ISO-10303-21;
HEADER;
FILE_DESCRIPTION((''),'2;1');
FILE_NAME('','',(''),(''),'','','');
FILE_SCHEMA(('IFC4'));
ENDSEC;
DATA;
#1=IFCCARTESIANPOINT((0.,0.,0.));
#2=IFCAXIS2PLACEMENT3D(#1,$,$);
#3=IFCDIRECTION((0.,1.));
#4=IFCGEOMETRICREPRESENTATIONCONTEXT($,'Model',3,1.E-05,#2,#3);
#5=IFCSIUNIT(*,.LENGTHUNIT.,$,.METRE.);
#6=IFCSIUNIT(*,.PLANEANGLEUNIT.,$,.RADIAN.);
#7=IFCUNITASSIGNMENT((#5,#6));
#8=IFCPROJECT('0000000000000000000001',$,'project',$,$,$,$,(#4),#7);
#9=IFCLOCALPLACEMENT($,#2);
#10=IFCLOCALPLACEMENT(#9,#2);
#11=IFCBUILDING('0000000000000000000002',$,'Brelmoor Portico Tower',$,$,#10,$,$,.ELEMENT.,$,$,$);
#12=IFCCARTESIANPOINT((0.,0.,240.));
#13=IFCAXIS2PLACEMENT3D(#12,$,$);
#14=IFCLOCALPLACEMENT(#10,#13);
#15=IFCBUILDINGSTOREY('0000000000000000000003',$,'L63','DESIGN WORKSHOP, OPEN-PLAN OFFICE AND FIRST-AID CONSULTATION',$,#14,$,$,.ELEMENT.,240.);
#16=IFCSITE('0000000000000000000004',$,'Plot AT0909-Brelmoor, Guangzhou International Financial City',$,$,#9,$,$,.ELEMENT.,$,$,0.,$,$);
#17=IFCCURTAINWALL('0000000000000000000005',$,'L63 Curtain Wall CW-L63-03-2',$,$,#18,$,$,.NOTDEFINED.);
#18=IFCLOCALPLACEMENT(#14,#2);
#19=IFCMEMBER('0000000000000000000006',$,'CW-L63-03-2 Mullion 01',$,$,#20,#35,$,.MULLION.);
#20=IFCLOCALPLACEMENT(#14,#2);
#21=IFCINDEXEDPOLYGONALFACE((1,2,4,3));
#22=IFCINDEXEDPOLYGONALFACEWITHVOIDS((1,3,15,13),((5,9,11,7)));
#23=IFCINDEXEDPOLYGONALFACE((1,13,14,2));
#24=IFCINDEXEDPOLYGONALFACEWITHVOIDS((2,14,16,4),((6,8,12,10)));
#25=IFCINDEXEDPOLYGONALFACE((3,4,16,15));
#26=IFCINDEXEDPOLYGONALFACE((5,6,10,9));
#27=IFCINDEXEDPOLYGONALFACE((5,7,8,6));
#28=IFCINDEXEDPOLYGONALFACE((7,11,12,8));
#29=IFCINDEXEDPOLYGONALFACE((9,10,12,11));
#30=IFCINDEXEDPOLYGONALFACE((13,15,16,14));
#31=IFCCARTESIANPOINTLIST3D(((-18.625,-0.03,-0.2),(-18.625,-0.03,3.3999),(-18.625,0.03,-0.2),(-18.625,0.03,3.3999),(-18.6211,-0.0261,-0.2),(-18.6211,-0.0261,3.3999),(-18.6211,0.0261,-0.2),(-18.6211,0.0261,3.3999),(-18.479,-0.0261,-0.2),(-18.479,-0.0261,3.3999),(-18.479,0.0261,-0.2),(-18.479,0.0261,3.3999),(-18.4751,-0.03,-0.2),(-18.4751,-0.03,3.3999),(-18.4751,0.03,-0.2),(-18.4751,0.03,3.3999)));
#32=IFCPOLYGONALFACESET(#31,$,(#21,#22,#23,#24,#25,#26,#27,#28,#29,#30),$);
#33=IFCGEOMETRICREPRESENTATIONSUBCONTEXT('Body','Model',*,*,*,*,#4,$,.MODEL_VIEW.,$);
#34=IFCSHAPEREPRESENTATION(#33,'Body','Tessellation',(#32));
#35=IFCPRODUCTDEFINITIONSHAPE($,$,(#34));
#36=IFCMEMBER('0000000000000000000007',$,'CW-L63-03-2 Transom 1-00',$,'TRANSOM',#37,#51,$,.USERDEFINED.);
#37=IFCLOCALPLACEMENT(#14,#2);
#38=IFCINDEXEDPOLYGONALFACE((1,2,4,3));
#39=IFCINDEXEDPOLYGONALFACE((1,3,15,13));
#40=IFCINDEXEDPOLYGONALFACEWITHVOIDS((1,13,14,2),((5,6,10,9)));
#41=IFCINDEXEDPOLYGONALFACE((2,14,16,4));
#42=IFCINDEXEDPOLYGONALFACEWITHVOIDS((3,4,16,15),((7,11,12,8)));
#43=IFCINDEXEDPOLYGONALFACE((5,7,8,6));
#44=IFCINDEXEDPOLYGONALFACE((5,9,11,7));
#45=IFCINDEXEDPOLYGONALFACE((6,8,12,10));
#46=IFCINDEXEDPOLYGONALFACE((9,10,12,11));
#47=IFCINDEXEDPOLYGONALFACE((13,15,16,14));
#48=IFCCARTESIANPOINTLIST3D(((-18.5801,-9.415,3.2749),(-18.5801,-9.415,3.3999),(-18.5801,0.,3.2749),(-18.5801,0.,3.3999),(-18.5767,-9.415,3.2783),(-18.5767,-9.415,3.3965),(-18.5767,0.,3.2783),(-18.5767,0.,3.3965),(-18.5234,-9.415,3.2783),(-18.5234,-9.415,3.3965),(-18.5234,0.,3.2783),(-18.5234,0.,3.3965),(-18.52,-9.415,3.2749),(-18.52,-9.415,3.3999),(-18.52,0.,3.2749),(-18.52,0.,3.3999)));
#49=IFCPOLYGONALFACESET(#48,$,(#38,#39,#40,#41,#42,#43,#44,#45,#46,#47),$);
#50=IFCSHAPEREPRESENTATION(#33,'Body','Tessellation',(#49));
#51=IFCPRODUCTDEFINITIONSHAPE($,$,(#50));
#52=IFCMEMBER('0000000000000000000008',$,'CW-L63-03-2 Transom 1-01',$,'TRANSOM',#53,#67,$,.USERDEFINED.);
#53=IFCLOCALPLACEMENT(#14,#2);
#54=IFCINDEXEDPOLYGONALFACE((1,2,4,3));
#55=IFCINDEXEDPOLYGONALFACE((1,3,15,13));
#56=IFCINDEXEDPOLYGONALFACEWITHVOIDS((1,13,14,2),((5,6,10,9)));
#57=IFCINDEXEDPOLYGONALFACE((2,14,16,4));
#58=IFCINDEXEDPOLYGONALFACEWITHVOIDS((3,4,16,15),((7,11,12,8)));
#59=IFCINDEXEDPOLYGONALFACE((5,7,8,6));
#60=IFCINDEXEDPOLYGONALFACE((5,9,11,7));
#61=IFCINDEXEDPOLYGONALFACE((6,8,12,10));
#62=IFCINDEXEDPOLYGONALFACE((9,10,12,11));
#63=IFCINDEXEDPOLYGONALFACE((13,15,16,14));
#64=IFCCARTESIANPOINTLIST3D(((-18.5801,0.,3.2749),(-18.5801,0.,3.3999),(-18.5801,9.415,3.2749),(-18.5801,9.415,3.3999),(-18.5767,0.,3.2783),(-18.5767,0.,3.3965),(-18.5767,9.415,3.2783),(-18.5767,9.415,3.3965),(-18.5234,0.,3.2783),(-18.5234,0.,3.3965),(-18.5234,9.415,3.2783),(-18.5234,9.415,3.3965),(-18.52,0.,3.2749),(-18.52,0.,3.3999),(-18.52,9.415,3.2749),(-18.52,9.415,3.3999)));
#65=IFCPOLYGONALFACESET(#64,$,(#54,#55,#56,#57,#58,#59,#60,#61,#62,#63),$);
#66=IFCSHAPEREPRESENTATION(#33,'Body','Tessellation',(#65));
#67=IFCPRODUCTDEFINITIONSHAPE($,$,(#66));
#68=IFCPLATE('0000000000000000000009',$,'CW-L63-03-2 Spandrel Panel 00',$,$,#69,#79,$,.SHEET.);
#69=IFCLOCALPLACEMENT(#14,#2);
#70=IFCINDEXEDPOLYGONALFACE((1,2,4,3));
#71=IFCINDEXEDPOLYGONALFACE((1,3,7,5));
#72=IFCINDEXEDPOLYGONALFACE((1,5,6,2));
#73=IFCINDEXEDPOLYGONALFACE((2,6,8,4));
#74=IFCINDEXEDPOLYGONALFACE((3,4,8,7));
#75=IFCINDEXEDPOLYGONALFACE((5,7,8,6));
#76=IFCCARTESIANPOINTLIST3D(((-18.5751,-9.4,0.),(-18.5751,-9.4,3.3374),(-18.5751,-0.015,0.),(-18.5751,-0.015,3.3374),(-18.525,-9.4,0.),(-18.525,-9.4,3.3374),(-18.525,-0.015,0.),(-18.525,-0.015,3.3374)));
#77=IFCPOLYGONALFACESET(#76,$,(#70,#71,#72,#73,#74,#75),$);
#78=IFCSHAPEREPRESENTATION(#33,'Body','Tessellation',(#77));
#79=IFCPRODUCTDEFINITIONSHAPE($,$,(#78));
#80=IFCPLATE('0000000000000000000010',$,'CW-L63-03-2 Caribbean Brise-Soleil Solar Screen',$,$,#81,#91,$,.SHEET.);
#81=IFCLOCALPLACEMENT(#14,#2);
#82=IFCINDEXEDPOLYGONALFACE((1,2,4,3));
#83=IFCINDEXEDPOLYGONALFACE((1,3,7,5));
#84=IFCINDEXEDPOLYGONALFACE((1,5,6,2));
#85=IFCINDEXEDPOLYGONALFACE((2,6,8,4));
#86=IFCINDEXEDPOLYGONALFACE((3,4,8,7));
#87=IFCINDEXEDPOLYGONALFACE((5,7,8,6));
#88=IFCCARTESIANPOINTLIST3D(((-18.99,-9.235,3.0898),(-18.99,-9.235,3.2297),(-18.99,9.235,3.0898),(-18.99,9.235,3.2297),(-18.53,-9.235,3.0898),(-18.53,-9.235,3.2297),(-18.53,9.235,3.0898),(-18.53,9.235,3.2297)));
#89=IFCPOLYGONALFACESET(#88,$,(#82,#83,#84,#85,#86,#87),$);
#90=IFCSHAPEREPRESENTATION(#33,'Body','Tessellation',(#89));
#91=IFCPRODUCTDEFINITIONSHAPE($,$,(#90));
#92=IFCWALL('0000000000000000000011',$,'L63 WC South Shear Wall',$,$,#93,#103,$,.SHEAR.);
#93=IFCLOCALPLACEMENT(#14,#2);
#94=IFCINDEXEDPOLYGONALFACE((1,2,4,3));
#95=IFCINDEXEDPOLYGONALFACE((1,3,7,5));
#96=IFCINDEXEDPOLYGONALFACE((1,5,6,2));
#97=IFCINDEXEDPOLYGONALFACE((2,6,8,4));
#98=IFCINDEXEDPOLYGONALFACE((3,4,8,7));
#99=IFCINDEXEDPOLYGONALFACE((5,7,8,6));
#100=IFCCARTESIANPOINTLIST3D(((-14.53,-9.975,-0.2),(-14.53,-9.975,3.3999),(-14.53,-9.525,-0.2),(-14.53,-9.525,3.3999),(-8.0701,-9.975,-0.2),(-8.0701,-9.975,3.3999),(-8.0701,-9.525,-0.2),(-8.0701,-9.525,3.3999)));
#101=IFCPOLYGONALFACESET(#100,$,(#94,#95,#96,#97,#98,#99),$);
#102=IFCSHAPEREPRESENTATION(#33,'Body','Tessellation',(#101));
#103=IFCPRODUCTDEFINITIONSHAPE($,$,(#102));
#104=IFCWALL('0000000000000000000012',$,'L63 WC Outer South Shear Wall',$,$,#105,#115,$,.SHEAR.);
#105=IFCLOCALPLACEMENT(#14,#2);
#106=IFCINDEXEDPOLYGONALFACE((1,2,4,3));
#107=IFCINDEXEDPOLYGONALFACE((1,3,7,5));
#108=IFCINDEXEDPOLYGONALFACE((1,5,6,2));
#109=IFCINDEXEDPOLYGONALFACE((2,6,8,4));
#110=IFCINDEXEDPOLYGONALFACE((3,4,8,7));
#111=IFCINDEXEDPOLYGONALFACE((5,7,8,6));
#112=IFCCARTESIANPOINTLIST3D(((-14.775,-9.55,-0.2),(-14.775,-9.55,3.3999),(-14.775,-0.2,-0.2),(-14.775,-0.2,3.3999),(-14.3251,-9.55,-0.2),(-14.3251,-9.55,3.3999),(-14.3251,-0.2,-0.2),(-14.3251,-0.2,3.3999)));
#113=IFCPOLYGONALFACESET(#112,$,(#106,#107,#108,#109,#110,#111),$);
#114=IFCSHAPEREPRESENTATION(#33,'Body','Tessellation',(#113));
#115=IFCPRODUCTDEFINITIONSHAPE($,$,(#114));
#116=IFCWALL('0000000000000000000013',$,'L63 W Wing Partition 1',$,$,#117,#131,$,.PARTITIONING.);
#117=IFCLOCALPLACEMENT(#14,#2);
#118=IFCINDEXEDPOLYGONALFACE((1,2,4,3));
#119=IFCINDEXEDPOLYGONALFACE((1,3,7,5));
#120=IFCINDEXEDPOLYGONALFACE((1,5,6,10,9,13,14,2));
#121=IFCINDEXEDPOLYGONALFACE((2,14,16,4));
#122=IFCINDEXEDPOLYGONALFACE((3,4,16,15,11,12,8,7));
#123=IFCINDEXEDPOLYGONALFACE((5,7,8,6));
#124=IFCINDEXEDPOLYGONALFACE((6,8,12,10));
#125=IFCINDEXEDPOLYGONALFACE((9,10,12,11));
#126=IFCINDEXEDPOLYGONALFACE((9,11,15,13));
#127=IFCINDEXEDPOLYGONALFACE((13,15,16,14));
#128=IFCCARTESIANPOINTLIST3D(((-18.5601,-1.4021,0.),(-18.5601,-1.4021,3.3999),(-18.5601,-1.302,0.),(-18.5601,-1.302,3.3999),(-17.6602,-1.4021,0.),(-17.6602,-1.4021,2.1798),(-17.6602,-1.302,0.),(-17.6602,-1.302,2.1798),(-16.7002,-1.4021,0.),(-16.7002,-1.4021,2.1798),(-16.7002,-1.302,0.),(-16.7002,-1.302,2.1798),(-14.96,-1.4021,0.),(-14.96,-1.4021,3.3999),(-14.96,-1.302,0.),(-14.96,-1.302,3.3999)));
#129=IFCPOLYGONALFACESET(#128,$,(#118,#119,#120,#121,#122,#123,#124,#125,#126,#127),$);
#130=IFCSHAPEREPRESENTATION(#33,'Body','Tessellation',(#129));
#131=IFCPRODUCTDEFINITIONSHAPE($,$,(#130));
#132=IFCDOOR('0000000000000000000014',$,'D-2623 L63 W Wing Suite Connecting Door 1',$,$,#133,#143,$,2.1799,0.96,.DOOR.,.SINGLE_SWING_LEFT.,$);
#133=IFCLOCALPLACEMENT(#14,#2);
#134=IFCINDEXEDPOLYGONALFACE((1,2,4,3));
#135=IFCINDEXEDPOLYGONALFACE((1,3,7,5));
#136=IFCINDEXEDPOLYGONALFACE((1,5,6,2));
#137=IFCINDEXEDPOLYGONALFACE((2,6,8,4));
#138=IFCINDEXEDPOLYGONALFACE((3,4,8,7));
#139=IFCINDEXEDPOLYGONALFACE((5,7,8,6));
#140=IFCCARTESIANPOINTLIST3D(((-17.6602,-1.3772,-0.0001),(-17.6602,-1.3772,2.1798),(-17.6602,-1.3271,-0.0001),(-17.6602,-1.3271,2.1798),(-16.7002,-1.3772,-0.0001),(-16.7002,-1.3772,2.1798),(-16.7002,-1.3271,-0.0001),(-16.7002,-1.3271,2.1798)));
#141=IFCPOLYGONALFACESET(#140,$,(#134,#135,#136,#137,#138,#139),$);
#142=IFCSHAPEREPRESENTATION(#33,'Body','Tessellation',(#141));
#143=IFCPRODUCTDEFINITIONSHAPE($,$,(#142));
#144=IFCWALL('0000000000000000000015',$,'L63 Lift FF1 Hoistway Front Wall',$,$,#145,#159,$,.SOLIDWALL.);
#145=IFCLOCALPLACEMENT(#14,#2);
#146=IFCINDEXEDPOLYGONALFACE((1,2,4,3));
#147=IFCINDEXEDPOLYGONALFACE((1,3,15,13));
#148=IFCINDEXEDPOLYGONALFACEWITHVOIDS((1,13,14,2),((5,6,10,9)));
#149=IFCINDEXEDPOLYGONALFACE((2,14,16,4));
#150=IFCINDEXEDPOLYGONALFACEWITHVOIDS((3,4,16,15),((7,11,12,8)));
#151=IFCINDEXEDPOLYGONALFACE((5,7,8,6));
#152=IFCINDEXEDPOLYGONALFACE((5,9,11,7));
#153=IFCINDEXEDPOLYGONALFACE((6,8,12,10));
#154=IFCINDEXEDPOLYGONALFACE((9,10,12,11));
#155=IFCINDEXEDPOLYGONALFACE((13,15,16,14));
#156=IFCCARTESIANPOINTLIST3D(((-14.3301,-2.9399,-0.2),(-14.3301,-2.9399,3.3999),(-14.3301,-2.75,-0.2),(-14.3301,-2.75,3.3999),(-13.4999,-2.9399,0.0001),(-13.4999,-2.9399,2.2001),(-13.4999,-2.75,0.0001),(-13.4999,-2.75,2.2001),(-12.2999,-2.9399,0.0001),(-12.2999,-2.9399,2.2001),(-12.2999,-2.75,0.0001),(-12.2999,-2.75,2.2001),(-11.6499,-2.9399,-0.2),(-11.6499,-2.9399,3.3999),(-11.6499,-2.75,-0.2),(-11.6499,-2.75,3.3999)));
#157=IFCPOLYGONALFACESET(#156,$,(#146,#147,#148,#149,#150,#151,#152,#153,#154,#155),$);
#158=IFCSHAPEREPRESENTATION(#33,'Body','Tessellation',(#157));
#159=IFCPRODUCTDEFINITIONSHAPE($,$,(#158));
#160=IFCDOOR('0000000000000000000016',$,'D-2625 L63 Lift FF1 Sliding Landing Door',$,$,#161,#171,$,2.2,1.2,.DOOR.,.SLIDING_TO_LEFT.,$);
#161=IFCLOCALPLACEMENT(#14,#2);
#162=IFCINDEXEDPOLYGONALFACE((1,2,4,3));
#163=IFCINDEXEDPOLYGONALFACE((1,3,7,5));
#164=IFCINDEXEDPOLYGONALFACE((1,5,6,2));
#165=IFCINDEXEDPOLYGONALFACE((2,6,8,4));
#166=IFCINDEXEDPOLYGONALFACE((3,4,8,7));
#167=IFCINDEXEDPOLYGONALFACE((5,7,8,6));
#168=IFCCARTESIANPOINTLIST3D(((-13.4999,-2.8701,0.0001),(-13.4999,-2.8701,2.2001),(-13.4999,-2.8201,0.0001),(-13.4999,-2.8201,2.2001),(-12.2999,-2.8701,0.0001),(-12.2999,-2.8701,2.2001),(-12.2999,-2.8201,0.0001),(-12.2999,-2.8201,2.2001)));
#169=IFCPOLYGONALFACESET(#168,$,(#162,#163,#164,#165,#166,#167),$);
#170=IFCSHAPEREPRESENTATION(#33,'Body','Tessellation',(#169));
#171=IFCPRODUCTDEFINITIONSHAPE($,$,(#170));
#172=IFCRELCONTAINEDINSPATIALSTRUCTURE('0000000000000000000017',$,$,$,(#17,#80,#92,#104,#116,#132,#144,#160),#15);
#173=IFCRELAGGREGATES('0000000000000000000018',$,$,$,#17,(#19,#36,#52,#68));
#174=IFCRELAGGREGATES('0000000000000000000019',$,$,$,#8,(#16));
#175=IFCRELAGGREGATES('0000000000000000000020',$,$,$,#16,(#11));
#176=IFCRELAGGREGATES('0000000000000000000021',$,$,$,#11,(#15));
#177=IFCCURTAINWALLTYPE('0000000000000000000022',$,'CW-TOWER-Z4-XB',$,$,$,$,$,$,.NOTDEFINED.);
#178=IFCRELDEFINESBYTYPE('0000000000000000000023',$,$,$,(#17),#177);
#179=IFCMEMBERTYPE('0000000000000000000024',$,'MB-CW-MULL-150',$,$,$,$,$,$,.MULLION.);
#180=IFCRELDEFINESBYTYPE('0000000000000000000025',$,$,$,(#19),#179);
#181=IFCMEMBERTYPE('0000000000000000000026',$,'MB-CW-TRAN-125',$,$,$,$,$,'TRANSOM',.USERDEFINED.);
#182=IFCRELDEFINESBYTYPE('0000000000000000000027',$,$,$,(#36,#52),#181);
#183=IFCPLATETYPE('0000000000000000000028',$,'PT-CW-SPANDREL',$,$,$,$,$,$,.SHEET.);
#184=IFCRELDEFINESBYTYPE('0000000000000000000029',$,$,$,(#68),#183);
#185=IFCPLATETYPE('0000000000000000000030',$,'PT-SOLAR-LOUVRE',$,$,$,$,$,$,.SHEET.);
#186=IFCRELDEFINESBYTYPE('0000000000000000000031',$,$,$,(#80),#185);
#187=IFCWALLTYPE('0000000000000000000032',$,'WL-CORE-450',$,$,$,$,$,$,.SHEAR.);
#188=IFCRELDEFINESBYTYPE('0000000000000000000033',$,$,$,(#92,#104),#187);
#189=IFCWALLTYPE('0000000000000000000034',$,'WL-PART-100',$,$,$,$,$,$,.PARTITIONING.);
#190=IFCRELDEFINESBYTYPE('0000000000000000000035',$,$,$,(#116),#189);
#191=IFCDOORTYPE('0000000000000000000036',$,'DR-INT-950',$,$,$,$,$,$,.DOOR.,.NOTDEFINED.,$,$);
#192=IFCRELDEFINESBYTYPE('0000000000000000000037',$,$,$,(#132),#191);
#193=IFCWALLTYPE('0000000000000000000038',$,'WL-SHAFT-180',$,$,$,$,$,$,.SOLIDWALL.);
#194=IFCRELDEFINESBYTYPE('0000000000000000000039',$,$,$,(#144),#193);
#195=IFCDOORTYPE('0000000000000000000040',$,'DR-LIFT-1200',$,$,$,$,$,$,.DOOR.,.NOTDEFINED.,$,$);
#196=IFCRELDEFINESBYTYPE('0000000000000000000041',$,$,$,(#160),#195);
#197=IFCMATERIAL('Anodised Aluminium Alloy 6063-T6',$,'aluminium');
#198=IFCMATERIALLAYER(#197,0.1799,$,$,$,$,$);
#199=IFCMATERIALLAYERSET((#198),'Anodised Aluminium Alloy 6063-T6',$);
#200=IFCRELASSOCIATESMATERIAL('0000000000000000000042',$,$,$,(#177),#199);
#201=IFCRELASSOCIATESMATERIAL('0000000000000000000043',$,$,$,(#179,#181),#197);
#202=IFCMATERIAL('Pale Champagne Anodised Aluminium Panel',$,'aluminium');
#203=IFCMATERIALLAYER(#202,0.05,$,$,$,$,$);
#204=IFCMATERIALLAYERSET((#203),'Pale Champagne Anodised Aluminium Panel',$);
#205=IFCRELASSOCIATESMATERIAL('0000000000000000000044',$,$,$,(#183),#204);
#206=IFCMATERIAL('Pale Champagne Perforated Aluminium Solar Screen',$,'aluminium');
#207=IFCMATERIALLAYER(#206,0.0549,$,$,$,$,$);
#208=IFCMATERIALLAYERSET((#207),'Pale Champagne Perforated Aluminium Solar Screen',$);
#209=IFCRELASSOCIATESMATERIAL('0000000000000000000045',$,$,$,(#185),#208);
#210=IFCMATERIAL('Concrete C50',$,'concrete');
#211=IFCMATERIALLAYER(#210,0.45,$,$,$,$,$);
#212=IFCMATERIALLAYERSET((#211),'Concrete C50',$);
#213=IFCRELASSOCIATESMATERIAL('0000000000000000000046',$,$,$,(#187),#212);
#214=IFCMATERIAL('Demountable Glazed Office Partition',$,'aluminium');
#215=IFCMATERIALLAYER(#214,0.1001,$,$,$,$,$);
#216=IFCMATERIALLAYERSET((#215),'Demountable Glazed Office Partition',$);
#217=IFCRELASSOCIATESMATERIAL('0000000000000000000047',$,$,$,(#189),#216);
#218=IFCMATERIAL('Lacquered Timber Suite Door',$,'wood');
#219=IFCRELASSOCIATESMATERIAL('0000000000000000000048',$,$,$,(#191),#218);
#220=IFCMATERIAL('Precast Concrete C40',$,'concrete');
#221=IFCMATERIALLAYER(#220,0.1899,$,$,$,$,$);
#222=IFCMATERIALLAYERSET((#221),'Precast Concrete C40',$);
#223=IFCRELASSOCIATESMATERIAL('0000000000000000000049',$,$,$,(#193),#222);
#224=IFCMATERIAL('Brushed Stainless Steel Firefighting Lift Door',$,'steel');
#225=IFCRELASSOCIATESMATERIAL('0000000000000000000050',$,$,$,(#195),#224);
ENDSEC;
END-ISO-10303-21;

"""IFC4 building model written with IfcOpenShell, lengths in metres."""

from ifc_helpers import new_model, si_unit, direction, frame, frame_2d, origin, origin_2d, place, context, subcontext, project, spatial, rectangle, hollow_rectangle, extrude, material, layer, layer_set, material_profile, profile_set, type_object, element, fill, aggregate, save


model = new_model("IFC4")

# Units and contexts
model_context = context("Model", 3, precision=1e-05, world=origin(), true_north=direction((0.0, 1.0)))
body_context = subcontext(model_context, "Body", "Model", "MODEL_VIEW")
ifc_project = project(units=[si_unit("LENGTHUNIT", "METRE"), si_unit("PLANEANGLEUNIT", "RADIAN")], contexts=[model_context])

# Site, building, storey
site_placement = place(None, origin())
site = spatial("IfcSite", under=ifc_project, at=site_placement, Name="Plot AT0909-Brelmoor, Guangzhou International Financial City", CompositionType="ELEMENT", RefElevation=0.0)
building_placement = place(site_placement, origin())
building = spatial("IfcBuilding", under=site, at=building_placement, Name="Brelmoor Portico Tower", CompositionType="ELEMENT")
storey_placement = place(building_placement, frame((0.0, 0.0, 240.0)))
storey = spatial("IfcBuildingStorey", under=building, at=storey_placement, Name="L63", Description="DESIGN WORKSHOP, OPEN-PLAN OFFICE AND FIRST-AID CONSULTATION", CompositionType="ELEMENT", Elevation=240.0)

# Curtain wall, members, plate
ifc_material_1 = material(Name="Anodised Aluminium Alloy 6063-T6", Category="aluminium")
ifc_layer_1 = layer(ifc_material_1, 0.1799)
ifc_layer_set_1 = layer_set([ifc_layer_1], Name="Anodised Aluminium Alloy 6063-T6")
curtain_wall_type = type_object("IfcCurtainWallType", Name="CW-TOWER-Z4-XB", PredefinedType="NOTDEFINED", material=ifc_layer_set_1)
curtain_wall_placement = place(storey_placement, origin())
curtain_wall = element("IfcCurtainWall", 1, at=curtain_wall_placement, inside=storey, type_object=curtain_wall_type, Name="L63 Curtain Wall CW-L63-03-2", PredefinedType="NOTDEFINED")
ifc_material_profile_1 = material_profile(ifc_material_1, hollow_rectangle(XDim=0.0601, YDim=0.1499, WallThickness=0.0039, at=origin_2d()), Name="ALU MULLION 60x150")
ifc_profile_set_1 = profile_set([ifc_material_profile_1], Name="Anodised Aluminium Alloy 6063-T6")
member_type_1 = type_object("IfcMemberType", Name="MB-CW-MULL-150", PredefinedType="MULLION", material=ifc_profile_set_1)
member_1_placement = place(storey_placement, frame((-18.55, 0.0, -0.2), z_axis=(0.0, 0.0, 1.0), x_axis=(0.0, 1.0, 0.0)))
member_1 = element("IfcMember", 2, at=member_1_placement, type_object=member_type_1, Name="CW-L63-03-2 Mullion 01", PredefinedType="MULLION", context=body_context, shape_type="SweptSolid", body=[
    extrude(hollow_rectangle(XDim=0.0601, YDim=0.1499, WallThickness=0.0039, at=origin_2d()), origin(), (0.0, 0.0, 1.0), 3.5999),
])
ifc_material_profile_2 = material_profile(ifc_material_1, hollow_rectangle(XDim=0.0601, YDim=0.125, WallThickness=0.0034, at=origin_2d()), Name="ALU TRANSOM 60x125")
ifc_profile_set_2 = profile_set([ifc_material_profile_2], Name="Anodised Aluminium Alloy 6063-T6")
member_type_2 = type_object("IfcMemberType", Name="MB-CW-TRAN-125", ElementType="TRANSOM", PredefinedType="USERDEFINED", material=ifc_profile_set_2)
member_2_placement = place(storey_placement, frame((-18.55, -9.415, 3.3374), z_axis=(0.0, 1.0, 0.0), x_axis=(-1.0, 0.0, 0.0)))
member_2 = element("IfcMember", 3, at=member_2_placement, type_object=member_type_2, Name="CW-L63-03-2 Transom 1-00", ObjectType="TRANSOM", PredefinedType="USERDEFINED", context=body_context, shape_type="SweptSolid", body=[
    extrude(hollow_rectangle(XDim=0.0601, YDim=0.125, WallThickness=0.0034, at=origin_2d()), origin(), (0.0, 0.0, 1.0), 9.415),
])
member_3_placement = place(storey_placement, frame((-18.55, 0.0, 3.3374), z_axis=(0.0, 1.0, 0.0), x_axis=(-1.0, 0.0, 0.0)))
member_3 = element("IfcMember", 4, at=member_3_placement, type_object=member_type_2, Name="CW-L63-03-2 Transom 1-01", ObjectType="TRANSOM", PredefinedType="USERDEFINED", context=body_context, shape_type="SweptSolid", body=[
    extrude(hollow_rectangle(XDim=0.0601, YDim=0.125, WallThickness=0.0034, at=origin_2d()), origin(), (0.0, 0.0, 1.0), 9.415),
])
ifc_material_2 = material(Name="Pale Champagne Anodised Aluminium Panel", Category="aluminium")
ifc_layer_2 = layer(ifc_material_2, 0.05)
ifc_layer_set_2 = layer_set([ifc_layer_2], Name="Pale Champagne Anodised Aluminium Panel")
plate_type_1 = type_object("IfcPlateType", Name="PT-CW-SPANDREL", PredefinedType="SHEET", material=ifc_layer_set_2)
plate_1_placement = place(storey_placement, frame((-18.55, -4.7075, 0.0), z_axis=(0.0, 0.0, 1.0), x_axis=(0.0, 1.0, 0.0)))
plate_1 = element("IfcPlate", 5, at=plate_1_placement, type_object=plate_type_1, Name="CW-L63-03-2 Spandrel Panel 00", PredefinedType="SHEET", context=body_context, shape_type="SweptSolid", body=[
    extrude(rectangle(XDim=9.385, YDim=0.05, at=origin_2d()), origin(), (0.0, 0.0, 1.0), 3.3374),
])
aggregate(curtain_wall, [member_1, member_2, member_3, plate_1])

# Plate
ifc_material_3 = material(Name="Pale Champagne Perforated Aluminium Solar Screen", Category="aluminium")
ifc_layer_3 = layer(ifc_material_3, 0.0549)
ifc_layer_set_3 = layer_set([ifc_layer_3], Name="Pale Champagne Perforated Aluminium Solar Screen")
plate_type_2 = type_object("IfcPlateType", Name="PT-SOLAR-LOUVRE", PredefinedType="SHEET", material=ifc_layer_set_3)
plate_2_placement = place(storey_placement, frame((-18.76, 0.0, 3.0898), z_axis=(0.0, 0.0, 1.0), x_axis=(0.0, 1.0, 0.0)))
element("IfcPlate", 6, at=plate_2_placement, inside=storey, type_object=plate_type_2, Name="CW-L63-03-2 Caribbean Brise-Soleil Solar Screen", PredefinedType="SHEET", context=body_context, shape_type="SweptSolid", body=[
    extrude(rectangle(XDim=18.47, YDim=0.46, at=origin_2d()), origin(), (0.0, 0.0, 1.0), 0.1399),
])

# Walls
ifc_material_4 = material(Name="Concrete C50", Category="concrete")
ifc_layer_4 = layer(ifc_material_4, 0.45)
ifc_layer_set_4 = layer_set([ifc_layer_4], Name="Concrete C50")
wall_type_1 = type_object("IfcWallType", Name="WL-CORE-450", PredefinedType="SHEAR", material=ifc_layer_set_4)
wall_1_placement = place(storey_placement, frame((-14.53, -9.75, -0.2), z_axis=(0.0, 0.0, 1.0), x_axis=(1.0, 0.0, 0.0)))
element("IfcWall", 7, at=wall_1_placement, inside=storey, type_object=wall_type_1, Name="L63 WC South Shear Wall", PredefinedType="SHEAR", context=body_context, shape_type="SweptSolid", body=[
    extrude(rectangle(XDim=6.46, YDim=0.45, at=frame_2d((3.23, 0.0))), origin(), (0.0, 0.0, 1.0), 3.5999),
])
wall_2_placement = place(storey_placement, frame((-14.55, -9.55, -0.2), z_axis=(0.0, 0.0, 1.0), x_axis=(0.0, 1.0, 0.0)))
element("IfcWall", 8, at=wall_2_placement, inside=storey, type_object=wall_type_1, Name="L63 WC Outer South Shear Wall", PredefinedType="SHEAR", context=body_context, shape_type="SweptSolid", body=[
    extrude(rectangle(XDim=9.3501, YDim=0.45, at=frame_2d((4.675, 0.0))), origin(), (0.0, 0.0, 1.0), 3.5999),
])

# Walls, openings, doors
ifc_material_5 = material(Name="Demountable Glazed Office Partition", Category="aluminium")
ifc_layer_5 = layer(ifc_material_5, 0.1001)
ifc_layer_set_5 = layer_set([ifc_layer_5], Name="Demountable Glazed Office Partition")
wall_type_2 = type_object("IfcWallType", Name="WL-PART-100", PredefinedType="PARTITIONING", material=ifc_layer_set_5)
wall_3_placement = place(storey_placement, frame((-18.5601, -1.3521, 0.0), z_axis=(0.0, 0.0, 1.0), x_axis=(1.0, 0.0, 0.0)))
wall_3 = element("IfcWall", 9, at=wall_3_placement, inside=storey, type_object=wall_type_2, Name="L63 W Wing Partition 1", PredefinedType="PARTITIONING", context=body_context, shape_type="SweptSolid", body=[
    extrude(rectangle(XDim=3.6001, YDim=0.1001, at=frame_2d((1.8, 0.0))), origin(), (0.0, 0.0, 1.0), 3.3999),
])
opening_1_placement = place(wall_3_placement, frame((0.8999, 0.0, 0.0)))
opening_1 = element("IfcOpeningElement", 10, at=opening_1_placement, cuts=wall_3, PredefinedType="OPENING", context=body_context, shape_type="SweptSolid", body=[
    extrude(rectangle(XDim=0.96, YDim=2.1799, at=frame_2d((0.48, 1.0898))), frame((0.0, 0.0601, 0.0), z_axis=(0.0, -1.0, 0.0), x_axis=(1.0, 0.0, 0.0)), (0.0, 0.0, 1.0), 0.1201),
])
ifc_material_6 = material(Name="Lacquered Timber Suite Door", Category="wood")
door_type_1 = type_object("IfcDoorType", Name="DR-INT-950", OperationType="NOTDEFINED", PredefinedType="DOOR", material=ifc_material_6)
door_1_placement = place(opening_1_placement, origin())
door_1 = element("IfcDoor", 11, at=door_1_placement, inside=storey, type_object=door_type_1, Name="D-2623 L63 W Wing Suite Connecting Door 1", OperationType="SINGLE_SWING_LEFT", OverallHeight=2.1799, OverallWidth=0.96, PredefinedType="DOOR", context=body_context, shape_type="SweptSolid", body=[
    extrude(rectangle(XDim=0.96, YDim=2.1799, at=frame_2d((0.48, 1.0898))), frame((0.0, 0.0249, 0.0), z_axis=(0.0, -1.0, 0.0), x_axis=(1.0, 0.0, 0.0)), (0.0, 0.0, 1.0), 0.05),
])
fill(opening_1, door_1)
ifc_material_7 = material(Name="Precast Concrete C40", Category="concrete")
ifc_layer_6 = layer(ifc_material_7, 0.1899)
ifc_layer_set_6 = layer_set([ifc_layer_6], Name="Precast Concrete C40")
wall_type_3 = type_object("IfcWallType", Name="WL-SHAFT-180", PredefinedType="SOLIDWALL", material=ifc_layer_set_6)
wall_4_placement = place(storey_placement, frame((-14.3301, -2.845, -0.2), z_axis=(0.0, 0.0, 1.0), x_axis=(1.0, 0.0, 0.0)))
wall_4 = element("IfcWall", 12, at=wall_4_placement, inside=storey, type_object=wall_type_3, Name="L63 Lift FF1 Hoistway Front Wall", PredefinedType="SOLIDWALL", context=body_context, shape_type="SweptSolid", body=[
    extrude(rectangle(XDim=2.6802, YDim=0.1899, at=frame_2d((1.3401, 0.0))), origin(), (0.0, 0.0, 1.0), 3.5999),
])
opening_2_placement = place(wall_4_placement, frame((0.8301, 0.0, 0.2)))
opening_2 = element("IfcOpeningElement", 13, at=opening_2_placement, cuts=wall_4, PredefinedType="OPENING", context=body_context, shape_type="SweptSolid", body=[
    extrude(rectangle(XDim=1.2, YDim=2.2, at=frame_2d((0.6001, 1.1001))), frame((0.0, 0.105, 0.0), z_axis=(0.0, -1.0, 0.0), x_axis=(1.0, 0.0, 0.0)), (0.0, 0.0, 1.0), 0.21),
])
ifc_material_8 = material(Name="Brushed Stainless Steel Firefighting Lift Door", Category="steel")
door_type_2 = type_object("IfcDoorType", Name="DR-LIFT-1200", OperationType="NOTDEFINED", PredefinedType="DOOR", material=ifc_material_8)
door_2_placement = place(opening_2_placement, origin())
door_2 = element("IfcDoor", 14, at=door_2_placement, inside=storey, type_object=door_type_2, Name="D-2625 L63 Lift FF1 Sliding Landing Door", OperationType="SLIDING_TO_LEFT", OverallHeight=2.2, OverallWidth=1.2, PredefinedType="DOOR", context=body_context, shape_type="SweptSolid", body=[
    extrude(rectangle(XDim=1.2, YDim=2.2, at=frame_2d((0.6001, 1.1001))), frame((0.0, 0.0249, 0.0), z_axis=(0.0, -1.0, 0.0), x_axis=(1.0, 0.0, 0.0)), (0.0, 0.0, 1.0), 0.05),
])
fill(opening_2, door_2)

save(model, "model.ifc")
